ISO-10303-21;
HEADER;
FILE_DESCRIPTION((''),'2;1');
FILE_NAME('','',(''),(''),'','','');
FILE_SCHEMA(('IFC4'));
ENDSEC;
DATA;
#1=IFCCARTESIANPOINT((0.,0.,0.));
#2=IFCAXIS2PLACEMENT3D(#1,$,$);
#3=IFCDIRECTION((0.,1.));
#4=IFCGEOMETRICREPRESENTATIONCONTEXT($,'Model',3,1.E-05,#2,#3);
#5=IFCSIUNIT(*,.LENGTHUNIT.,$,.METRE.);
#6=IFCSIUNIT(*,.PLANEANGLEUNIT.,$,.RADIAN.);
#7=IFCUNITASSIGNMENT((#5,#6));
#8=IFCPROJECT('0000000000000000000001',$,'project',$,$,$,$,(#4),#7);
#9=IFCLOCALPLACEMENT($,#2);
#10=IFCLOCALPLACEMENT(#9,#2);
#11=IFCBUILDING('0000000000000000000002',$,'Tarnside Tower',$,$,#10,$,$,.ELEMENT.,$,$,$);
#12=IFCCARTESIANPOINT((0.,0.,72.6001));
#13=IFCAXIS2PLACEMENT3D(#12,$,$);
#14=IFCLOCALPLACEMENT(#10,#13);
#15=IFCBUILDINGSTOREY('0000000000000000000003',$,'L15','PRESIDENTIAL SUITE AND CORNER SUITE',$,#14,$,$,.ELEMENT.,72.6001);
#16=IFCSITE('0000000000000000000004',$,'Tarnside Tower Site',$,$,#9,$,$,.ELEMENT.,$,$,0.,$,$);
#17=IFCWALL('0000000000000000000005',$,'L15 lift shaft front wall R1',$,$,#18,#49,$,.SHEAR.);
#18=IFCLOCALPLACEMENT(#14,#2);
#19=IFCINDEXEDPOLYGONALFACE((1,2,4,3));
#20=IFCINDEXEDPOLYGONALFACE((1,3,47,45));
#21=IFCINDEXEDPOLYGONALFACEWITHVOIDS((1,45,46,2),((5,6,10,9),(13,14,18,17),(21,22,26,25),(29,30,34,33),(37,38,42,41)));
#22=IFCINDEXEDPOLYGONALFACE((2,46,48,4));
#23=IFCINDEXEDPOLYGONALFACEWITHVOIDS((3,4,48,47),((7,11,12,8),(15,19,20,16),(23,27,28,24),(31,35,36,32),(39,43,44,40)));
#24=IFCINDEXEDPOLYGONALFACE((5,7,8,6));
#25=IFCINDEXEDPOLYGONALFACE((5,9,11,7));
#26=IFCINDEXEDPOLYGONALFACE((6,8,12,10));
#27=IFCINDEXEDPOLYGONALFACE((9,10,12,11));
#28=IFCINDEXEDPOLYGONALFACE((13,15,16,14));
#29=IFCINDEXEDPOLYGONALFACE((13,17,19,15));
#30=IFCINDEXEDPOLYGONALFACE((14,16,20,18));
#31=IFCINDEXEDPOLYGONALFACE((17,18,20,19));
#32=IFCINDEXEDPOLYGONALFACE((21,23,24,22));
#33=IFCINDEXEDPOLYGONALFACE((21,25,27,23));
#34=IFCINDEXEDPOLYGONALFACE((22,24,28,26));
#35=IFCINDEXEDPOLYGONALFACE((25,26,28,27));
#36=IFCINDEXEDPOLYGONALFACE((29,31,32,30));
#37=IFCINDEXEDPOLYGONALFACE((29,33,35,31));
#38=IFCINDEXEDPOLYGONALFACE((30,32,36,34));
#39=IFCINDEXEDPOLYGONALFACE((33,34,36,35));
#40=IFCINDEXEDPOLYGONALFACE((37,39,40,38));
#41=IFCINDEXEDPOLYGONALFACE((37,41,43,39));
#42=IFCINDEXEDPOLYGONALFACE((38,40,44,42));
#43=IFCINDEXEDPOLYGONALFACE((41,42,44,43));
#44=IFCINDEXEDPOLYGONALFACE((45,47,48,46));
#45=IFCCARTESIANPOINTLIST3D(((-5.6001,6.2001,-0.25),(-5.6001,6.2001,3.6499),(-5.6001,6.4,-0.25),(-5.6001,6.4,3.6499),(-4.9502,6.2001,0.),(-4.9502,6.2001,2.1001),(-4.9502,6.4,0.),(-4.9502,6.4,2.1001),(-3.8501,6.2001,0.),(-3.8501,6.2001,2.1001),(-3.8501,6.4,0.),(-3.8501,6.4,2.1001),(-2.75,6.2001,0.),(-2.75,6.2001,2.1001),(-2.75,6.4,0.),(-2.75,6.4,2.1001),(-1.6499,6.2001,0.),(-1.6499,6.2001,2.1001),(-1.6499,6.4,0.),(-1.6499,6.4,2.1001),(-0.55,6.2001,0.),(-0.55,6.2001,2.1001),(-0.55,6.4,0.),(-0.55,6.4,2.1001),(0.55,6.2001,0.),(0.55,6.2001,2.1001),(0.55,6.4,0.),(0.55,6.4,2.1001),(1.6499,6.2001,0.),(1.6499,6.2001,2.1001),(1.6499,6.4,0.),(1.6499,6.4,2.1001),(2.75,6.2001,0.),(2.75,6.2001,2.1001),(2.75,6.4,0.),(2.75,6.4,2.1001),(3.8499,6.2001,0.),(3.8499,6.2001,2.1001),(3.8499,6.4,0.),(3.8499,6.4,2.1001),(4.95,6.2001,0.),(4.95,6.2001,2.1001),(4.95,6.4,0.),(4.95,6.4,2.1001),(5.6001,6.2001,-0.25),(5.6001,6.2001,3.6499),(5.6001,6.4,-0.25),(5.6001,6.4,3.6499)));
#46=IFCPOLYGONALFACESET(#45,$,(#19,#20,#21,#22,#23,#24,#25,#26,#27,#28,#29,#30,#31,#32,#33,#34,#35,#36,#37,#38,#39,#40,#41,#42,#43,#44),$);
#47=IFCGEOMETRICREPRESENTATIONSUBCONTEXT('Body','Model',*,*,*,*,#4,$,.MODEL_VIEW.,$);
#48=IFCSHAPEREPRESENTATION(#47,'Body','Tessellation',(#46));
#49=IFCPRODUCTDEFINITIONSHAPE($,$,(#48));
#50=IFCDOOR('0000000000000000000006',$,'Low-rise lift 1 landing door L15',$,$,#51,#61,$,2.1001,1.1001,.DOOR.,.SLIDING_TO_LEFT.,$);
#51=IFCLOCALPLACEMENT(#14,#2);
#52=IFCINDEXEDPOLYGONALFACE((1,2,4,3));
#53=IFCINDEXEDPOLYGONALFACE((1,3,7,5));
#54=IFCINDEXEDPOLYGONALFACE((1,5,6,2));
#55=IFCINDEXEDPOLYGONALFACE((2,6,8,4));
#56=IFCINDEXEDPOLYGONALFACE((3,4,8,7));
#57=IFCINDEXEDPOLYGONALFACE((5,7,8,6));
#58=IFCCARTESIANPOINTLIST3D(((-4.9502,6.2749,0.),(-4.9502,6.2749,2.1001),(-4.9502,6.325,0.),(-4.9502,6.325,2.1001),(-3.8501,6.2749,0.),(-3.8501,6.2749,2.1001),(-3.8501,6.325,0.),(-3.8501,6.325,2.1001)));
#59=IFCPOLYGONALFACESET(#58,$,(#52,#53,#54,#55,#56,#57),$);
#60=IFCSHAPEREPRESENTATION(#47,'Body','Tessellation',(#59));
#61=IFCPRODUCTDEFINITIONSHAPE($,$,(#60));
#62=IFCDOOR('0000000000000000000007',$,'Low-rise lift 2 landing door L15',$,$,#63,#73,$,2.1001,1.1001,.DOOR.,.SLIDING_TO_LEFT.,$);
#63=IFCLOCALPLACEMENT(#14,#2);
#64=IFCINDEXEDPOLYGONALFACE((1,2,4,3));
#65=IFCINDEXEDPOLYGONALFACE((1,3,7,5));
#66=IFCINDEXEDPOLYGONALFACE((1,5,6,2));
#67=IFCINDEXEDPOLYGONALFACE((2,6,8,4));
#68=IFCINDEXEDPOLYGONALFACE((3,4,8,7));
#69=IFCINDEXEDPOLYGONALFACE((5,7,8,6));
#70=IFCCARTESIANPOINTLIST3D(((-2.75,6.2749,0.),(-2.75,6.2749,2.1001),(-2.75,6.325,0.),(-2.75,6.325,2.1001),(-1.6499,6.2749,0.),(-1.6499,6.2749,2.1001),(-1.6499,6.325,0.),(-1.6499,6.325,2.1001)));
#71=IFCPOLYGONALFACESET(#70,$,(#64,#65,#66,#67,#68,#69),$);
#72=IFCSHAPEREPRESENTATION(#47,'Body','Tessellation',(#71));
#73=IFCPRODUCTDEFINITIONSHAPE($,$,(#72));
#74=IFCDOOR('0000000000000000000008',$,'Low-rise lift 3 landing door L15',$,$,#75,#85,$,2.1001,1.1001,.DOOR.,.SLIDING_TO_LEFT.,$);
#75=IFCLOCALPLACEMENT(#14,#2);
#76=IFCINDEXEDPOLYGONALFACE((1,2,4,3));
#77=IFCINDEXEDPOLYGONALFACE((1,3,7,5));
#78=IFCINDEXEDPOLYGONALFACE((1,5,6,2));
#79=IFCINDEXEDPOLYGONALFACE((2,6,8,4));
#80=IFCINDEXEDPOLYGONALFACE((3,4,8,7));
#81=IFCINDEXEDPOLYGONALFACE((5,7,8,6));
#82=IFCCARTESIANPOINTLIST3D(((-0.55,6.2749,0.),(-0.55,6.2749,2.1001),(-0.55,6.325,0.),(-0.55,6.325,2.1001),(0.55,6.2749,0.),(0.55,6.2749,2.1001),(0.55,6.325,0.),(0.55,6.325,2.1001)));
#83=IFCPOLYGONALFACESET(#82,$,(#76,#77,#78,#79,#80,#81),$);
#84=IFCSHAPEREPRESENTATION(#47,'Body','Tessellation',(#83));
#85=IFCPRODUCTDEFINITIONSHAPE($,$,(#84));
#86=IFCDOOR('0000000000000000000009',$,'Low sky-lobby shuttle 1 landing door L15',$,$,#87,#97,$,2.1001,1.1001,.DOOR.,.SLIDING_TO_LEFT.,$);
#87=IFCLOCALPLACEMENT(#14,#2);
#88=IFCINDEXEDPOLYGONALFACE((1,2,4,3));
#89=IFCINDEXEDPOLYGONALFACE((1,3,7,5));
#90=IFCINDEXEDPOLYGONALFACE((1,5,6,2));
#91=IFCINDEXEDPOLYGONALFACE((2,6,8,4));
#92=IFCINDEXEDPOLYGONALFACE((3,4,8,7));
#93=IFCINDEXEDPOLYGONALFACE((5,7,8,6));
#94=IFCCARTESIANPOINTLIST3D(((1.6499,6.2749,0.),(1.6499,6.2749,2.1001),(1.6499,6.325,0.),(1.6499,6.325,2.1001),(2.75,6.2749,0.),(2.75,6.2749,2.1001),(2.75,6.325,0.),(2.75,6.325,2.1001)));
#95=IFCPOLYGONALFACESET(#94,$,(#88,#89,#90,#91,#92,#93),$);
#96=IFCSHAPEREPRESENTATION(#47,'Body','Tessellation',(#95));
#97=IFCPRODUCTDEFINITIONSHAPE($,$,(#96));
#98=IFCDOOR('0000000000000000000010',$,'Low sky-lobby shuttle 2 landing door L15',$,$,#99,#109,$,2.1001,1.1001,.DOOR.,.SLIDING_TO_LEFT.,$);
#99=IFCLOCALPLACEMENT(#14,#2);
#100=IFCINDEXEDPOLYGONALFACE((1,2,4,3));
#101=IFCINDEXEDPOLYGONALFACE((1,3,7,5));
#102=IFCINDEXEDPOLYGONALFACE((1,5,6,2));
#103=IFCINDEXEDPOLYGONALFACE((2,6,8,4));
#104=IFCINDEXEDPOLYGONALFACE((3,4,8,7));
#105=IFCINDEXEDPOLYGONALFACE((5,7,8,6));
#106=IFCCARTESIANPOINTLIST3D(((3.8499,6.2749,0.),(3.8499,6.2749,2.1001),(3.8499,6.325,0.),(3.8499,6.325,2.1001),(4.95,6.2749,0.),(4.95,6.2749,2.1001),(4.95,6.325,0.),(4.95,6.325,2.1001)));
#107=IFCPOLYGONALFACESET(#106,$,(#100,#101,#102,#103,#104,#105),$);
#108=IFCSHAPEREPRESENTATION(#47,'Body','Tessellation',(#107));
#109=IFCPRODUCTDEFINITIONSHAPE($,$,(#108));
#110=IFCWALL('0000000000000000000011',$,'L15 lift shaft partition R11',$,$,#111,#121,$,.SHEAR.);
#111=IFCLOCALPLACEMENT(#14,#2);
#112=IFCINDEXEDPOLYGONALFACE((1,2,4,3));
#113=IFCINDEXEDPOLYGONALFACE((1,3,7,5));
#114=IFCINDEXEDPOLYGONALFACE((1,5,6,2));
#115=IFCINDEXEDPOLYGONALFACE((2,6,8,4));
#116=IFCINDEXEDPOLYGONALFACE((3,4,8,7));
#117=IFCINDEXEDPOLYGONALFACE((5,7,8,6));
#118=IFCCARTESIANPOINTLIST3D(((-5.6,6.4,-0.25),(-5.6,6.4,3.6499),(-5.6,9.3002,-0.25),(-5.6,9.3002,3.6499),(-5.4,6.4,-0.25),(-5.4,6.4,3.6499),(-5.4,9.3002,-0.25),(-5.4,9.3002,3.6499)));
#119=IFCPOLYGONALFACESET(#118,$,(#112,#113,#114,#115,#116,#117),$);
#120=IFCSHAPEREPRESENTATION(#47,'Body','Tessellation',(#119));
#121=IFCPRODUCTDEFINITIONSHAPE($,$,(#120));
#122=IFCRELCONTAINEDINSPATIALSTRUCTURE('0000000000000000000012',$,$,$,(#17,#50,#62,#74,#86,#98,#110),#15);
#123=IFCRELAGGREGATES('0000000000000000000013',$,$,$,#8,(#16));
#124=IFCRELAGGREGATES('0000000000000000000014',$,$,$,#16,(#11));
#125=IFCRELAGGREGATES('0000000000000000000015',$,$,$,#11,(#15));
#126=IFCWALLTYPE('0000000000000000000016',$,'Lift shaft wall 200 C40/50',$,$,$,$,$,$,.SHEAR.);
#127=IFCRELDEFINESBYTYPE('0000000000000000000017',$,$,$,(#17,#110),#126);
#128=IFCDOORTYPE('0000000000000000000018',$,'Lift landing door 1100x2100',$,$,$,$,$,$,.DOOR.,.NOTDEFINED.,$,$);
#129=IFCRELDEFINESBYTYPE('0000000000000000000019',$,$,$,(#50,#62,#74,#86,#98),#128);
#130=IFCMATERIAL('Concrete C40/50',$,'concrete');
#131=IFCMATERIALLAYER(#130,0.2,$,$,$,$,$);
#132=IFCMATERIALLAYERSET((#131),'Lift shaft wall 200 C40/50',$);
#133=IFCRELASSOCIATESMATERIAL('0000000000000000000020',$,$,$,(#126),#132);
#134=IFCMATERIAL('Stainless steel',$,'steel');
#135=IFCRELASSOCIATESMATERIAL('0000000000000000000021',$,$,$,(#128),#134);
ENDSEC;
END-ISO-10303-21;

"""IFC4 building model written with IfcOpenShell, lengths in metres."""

from ifc_helpers import new_model, si_unit, direction, frame, frame_2d, origin, place, context, subcontext, project, spatial, rectangle, extrude, material, layer, layer_set, type_object, element, fill, save


model = new_model("IFC4")

# Units and contexts
model_context = context("Model", 3, precision=1e-05, world=origin(), true_north=direction((0.0, 1.0)))
body_context = subcontext(model_context, "Body", "Model", "MODEL_VIEW")
ifc_project = project(units=[si_unit("LENGTHUNIT", "METRE"), si_unit("PLANEANGLEUNIT", "RADIAN")], contexts=[model_context])

# Site, building, storey
site_placement = place(None, origin())
site = spatial("IfcSite", under=ifc_project, at=site_placement, Name="Tarnside Tower Site", CompositionType="ELEMENT", RefElevation=0.0)
building_placement = place(site_placement, origin())
building = spatial("IfcBuilding", under=site, at=building_placement, Name="Tarnside Tower", CompositionType="ELEMENT")
storey_placement = place(building_placement, frame((0.0, 0.0, 72.6001)))
storey = spatial("IfcBuildingStorey", under=building, at=storey_placement, Name="L15", Description="PRESIDENTIAL SUITE AND CORNER SUITE", CompositionType="ELEMENT", Elevation=72.6001)

# Shared definitions
ifc_material_1 = material(Name="Concrete C40/50", Category="concrete")

# Wall, openings, doors
ifc_layer_1 = layer(ifc_material_1, 0.2)
ifc_layer_set_1 = layer_set([ifc_layer_1], Name="Lift shaft wall 200 C40/50")
wall_type_1 = type_object("IfcWallType", Name="Lift shaft wall 200 C40/50", PredefinedType="SHEAR", material=ifc_layer_set_1)
wall_1_placement = place(storey_placement, frame((-5.6001, 6.3, -0.25), z_axis=(0.0, 0.0, 1.0), x_axis=(1.0, 0.0, 0.0)))
wall_1 = element("IfcWall", 1, at=wall_1_placement, inside=storey, type_object=wall_type_1, Name="L15 lift shaft front wall R1", PredefinedType="SHEAR", context=body_context, shape_type="SweptSolid", body=[
    extrude(rectangle(XDim=11.2002, YDim=0.2, at=frame_2d((5.6001, 0.0))), origin(), (0.0, 0.0, 1.0), 3.8999),
])
opening_1_placement = place(wall_1_placement, frame((0.6499, 0.0, 0.25)))
opening_1 = element("IfcOpeningElement", 2, at=opening_1_placement, cuts=wall_1, PredefinedType="OPENING", context=body_context, shape_type="SweptSolid", body=[
    extrude(rectangle(XDim=1.1001, YDim=2.1001, at=frame_2d((0.55, 1.05))), frame((0.0, 0.1099, 0.0), z_axis=(0.0, -1.0, 0.0), x_axis=(1.0, 0.0, 0.0)), (0.0, 0.0, 1.0), 0.22),
])
opening_2_placement = place(wall_1_placement, frame((2.8501, 0.0, 0.25)))
opening_2 = element("IfcOpeningElement", 3, at=opening_2_placement, cuts=wall_1, PredefinedType="OPENING", context=body_context, shape_type="SweptSolid", body=[
    extrude(rectangle(XDim=1.1001, YDim=2.1001, at=frame_2d((0.55, 1.05))), frame((0.0, 0.1099, 0.0), z_axis=(0.0, -1.0, 0.0), x_axis=(1.0, 0.0, 0.0)), (0.0, 0.0, 1.0), 0.22),
])
opening_3_placement = place(wall_1_placement, frame((5.05, 0.0, 0.25)))
opening_3 = element("IfcOpeningElement", 4, at=opening_3_placement, cuts=wall_1, PredefinedType="OPENING", context=body_context, shape_type="SweptSolid", body=[
    extrude(rectangle(XDim=1.1001, YDim=2.1001, at=frame_2d((0.55, 1.05))), frame((0.0, 0.1099, 0.0), z_axis=(0.0, -1.0, 0.0), x_axis=(1.0, 0.0, 0.0)), (0.0, 0.0, 1.0), 0.22),
])
opening_4_placement = place(wall_1_placement, frame((7.25, 0.0, 0.25)))
opening_4 = element("IfcOpeningElement", 5, at=opening_4_placement, cuts=wall_1, PredefinedType="OPENING", context=body_context, shape_type="SweptSolid", body=[
    extrude(rectangle(XDim=1.1001, YDim=2.1001, at=frame_2d((0.55, 1.05))), frame((0.0, 0.1099, 0.0), z_axis=(0.0, -1.0, 0.0), x_axis=(1.0, 0.0, 0.0)), (0.0, 0.0, 1.0), 0.22),
])
opening_5_placement = place(wall_1_placement, frame((9.45, 0.0, 0.25)))
opening_5 = element("IfcOpeningElement", 6, at=opening_5_placement, cuts=wall_1, PredefinedType="OPENING", context=body_context, shape_type="SweptSolid", body=[
    extrude(rectangle(XDim=1.1001, YDim=2.1001, at=frame_2d((0.55, 1.05))), frame((0.0, 0.1099, 0.0), z_axis=(0.0, -1.0, 0.0), x_axis=(1.0, 0.0, 0.0)), (0.0, 0.0, 1.0), 0.22),
])
ifc_material_2 = material(Name="Stainless steel", Category="steel")
door_type_1 = type_object("IfcDoorType", Name="Lift landing door 1100x2100", OperationType="NOTDEFINED", PredefinedType="DOOR", material=ifc_material_2)
door_1_placement = place(opening_1_placement, origin())
door_1 = element("IfcDoor", 7, at=door_1_placement, inside=storey, type_object=door_type_1, Name="Low-rise lift 1 landing door L15", OperationType="SLIDING_TO_LEFT", OverallHeight=2.1001, OverallWidth=1.1001, PredefinedType="DOOR", context=body_context, shape_type="SweptSolid", body=[
    extrude(rectangle(XDim=1.1001, YDim=2.1001, at=frame_2d((0.55, 1.05))), frame((0.0, 0.0249, 0.0), z_axis=(0.0, -1.0, 0.0), x_axis=(1.0, 0.0, 0.0)), (0.0, 0.0, 1.0), 0.05),
])
fill(opening_1, door_1)
door_2_placement = place(opening_2_placement, origin())
door_2 = element("IfcDoor", 8, at=door_2_placement, inside=storey, type_object=door_type_1, Name="Low-rise lift 2 landing door L15", OperationType="SLIDING_TO_LEFT", OverallHeight=2.1001, OverallWidth=1.1001, PredefinedType="DOOR", context=body_context, shape_type="SweptSolid", body=[
    extrude(rectangle(XDim=1.1001, YDim=2.1001, at=frame_2d((0.55, 1.05))), frame((0.0, 0.0249, 0.0), z_axis=(0.0, -1.0, 0.0), x_axis=(1.0, 0.0, 0.0)), (0.0, 0.0, 1.0), 0.05),
])
fill(opening_2, door_2)
door_3_placement = place(opening_3_placement, origin())
door_3 = element("IfcDoor", 9, at=door_3_placement, inside=storey, type_object=door_type_1, Name="Low-rise lift 3 landing door L15", OperationType="SLIDING_TO_LEFT", OverallHeight=2.1001, OverallWidth=1.1001, PredefinedType="DOOR", context=body_context, shape_type="SweptSolid", body=[
    extrude(rectangle(XDim=1.1001, YDim=2.1001, at=frame_2d((0.55, 1.05))), frame((0.0, 0.0249, 0.0), z_axis=(0.0, -1.0, 0.0), x_axis=(1.0, 0.0, 0.0)), (0.0, 0.0, 1.0), 0.05),
])
fill(opening_3, door_3)
door_4_placement = place(opening_4_placement, origin())
door_4 = element("IfcDoor", 10, at=door_4_placement, inside=storey, type_object=door_type_1, Name="Low sky-lobby shuttle 1 landing door L15", OperationType="SLIDING_TO_LEFT", OverallHeight=2.1001, OverallWidth=1.1001, PredefinedType="DOOR", context=body_context, shape_type="SweptSolid", body=[
    extrude(rectangle(XDim=1.1001, YDim=2.1001, at=frame_2d((0.55, 1.05))), frame((0.0, 0.0249, 0.0), z_axis=(0.0, -1.0, 0.0), x_axis=(1.0, 0.0, 0.0)), (0.0, 0.0, 1.0), 0.05),
])
fill(opening_4, door_4)
door_5_placement = place(opening_5_placement, origin())
door_5 = element("IfcDoor", 11, at=door_5_placement, inside=storey, type_object=door_type_1, Name="Low sky-lobby shuttle 2 landing door L15", OperationType="SLIDING_TO_LEFT", OverallHeight=2.1001, OverallWidth=1.1001, PredefinedType="DOOR", context=body_context, shape_type="SweptSolid", body=[
    extrude(rectangle(XDim=1.1001, YDim=2.1001, at=frame_2d((0.55, 1.05))), frame((0.0, 0.0249, 0.0), z_axis=(0.0, -1.0, 0.0), x_axis=(1.0, 0.0, 0.0)), (0.0, 0.0, 1.0), 0.05),
])
fill(opening_5, door_5)

# Wall
wall_2_placement = place(storey_placement, frame((-5.5, 6.3999, -0.25), z_axis=(0.0, 0.0, 1.0), x_axis=(0.0, 1.0, 0.0)))
element("IfcWall", 12, at=wall_2_placement, inside=storey, type_object=wall_type_1, Name="L15 lift shaft partition R11", PredefinedType="SHEAR", context=body_context, shape_type="SweptSolid", body=[
    extrude(rectangle(XDim=2.9001, YDim=0.2, at=frame_2d((1.4502, 0.0))), origin(), (0.0, 0.0, 1.0), 3.8999),
])

save(model, "model.ifc")
